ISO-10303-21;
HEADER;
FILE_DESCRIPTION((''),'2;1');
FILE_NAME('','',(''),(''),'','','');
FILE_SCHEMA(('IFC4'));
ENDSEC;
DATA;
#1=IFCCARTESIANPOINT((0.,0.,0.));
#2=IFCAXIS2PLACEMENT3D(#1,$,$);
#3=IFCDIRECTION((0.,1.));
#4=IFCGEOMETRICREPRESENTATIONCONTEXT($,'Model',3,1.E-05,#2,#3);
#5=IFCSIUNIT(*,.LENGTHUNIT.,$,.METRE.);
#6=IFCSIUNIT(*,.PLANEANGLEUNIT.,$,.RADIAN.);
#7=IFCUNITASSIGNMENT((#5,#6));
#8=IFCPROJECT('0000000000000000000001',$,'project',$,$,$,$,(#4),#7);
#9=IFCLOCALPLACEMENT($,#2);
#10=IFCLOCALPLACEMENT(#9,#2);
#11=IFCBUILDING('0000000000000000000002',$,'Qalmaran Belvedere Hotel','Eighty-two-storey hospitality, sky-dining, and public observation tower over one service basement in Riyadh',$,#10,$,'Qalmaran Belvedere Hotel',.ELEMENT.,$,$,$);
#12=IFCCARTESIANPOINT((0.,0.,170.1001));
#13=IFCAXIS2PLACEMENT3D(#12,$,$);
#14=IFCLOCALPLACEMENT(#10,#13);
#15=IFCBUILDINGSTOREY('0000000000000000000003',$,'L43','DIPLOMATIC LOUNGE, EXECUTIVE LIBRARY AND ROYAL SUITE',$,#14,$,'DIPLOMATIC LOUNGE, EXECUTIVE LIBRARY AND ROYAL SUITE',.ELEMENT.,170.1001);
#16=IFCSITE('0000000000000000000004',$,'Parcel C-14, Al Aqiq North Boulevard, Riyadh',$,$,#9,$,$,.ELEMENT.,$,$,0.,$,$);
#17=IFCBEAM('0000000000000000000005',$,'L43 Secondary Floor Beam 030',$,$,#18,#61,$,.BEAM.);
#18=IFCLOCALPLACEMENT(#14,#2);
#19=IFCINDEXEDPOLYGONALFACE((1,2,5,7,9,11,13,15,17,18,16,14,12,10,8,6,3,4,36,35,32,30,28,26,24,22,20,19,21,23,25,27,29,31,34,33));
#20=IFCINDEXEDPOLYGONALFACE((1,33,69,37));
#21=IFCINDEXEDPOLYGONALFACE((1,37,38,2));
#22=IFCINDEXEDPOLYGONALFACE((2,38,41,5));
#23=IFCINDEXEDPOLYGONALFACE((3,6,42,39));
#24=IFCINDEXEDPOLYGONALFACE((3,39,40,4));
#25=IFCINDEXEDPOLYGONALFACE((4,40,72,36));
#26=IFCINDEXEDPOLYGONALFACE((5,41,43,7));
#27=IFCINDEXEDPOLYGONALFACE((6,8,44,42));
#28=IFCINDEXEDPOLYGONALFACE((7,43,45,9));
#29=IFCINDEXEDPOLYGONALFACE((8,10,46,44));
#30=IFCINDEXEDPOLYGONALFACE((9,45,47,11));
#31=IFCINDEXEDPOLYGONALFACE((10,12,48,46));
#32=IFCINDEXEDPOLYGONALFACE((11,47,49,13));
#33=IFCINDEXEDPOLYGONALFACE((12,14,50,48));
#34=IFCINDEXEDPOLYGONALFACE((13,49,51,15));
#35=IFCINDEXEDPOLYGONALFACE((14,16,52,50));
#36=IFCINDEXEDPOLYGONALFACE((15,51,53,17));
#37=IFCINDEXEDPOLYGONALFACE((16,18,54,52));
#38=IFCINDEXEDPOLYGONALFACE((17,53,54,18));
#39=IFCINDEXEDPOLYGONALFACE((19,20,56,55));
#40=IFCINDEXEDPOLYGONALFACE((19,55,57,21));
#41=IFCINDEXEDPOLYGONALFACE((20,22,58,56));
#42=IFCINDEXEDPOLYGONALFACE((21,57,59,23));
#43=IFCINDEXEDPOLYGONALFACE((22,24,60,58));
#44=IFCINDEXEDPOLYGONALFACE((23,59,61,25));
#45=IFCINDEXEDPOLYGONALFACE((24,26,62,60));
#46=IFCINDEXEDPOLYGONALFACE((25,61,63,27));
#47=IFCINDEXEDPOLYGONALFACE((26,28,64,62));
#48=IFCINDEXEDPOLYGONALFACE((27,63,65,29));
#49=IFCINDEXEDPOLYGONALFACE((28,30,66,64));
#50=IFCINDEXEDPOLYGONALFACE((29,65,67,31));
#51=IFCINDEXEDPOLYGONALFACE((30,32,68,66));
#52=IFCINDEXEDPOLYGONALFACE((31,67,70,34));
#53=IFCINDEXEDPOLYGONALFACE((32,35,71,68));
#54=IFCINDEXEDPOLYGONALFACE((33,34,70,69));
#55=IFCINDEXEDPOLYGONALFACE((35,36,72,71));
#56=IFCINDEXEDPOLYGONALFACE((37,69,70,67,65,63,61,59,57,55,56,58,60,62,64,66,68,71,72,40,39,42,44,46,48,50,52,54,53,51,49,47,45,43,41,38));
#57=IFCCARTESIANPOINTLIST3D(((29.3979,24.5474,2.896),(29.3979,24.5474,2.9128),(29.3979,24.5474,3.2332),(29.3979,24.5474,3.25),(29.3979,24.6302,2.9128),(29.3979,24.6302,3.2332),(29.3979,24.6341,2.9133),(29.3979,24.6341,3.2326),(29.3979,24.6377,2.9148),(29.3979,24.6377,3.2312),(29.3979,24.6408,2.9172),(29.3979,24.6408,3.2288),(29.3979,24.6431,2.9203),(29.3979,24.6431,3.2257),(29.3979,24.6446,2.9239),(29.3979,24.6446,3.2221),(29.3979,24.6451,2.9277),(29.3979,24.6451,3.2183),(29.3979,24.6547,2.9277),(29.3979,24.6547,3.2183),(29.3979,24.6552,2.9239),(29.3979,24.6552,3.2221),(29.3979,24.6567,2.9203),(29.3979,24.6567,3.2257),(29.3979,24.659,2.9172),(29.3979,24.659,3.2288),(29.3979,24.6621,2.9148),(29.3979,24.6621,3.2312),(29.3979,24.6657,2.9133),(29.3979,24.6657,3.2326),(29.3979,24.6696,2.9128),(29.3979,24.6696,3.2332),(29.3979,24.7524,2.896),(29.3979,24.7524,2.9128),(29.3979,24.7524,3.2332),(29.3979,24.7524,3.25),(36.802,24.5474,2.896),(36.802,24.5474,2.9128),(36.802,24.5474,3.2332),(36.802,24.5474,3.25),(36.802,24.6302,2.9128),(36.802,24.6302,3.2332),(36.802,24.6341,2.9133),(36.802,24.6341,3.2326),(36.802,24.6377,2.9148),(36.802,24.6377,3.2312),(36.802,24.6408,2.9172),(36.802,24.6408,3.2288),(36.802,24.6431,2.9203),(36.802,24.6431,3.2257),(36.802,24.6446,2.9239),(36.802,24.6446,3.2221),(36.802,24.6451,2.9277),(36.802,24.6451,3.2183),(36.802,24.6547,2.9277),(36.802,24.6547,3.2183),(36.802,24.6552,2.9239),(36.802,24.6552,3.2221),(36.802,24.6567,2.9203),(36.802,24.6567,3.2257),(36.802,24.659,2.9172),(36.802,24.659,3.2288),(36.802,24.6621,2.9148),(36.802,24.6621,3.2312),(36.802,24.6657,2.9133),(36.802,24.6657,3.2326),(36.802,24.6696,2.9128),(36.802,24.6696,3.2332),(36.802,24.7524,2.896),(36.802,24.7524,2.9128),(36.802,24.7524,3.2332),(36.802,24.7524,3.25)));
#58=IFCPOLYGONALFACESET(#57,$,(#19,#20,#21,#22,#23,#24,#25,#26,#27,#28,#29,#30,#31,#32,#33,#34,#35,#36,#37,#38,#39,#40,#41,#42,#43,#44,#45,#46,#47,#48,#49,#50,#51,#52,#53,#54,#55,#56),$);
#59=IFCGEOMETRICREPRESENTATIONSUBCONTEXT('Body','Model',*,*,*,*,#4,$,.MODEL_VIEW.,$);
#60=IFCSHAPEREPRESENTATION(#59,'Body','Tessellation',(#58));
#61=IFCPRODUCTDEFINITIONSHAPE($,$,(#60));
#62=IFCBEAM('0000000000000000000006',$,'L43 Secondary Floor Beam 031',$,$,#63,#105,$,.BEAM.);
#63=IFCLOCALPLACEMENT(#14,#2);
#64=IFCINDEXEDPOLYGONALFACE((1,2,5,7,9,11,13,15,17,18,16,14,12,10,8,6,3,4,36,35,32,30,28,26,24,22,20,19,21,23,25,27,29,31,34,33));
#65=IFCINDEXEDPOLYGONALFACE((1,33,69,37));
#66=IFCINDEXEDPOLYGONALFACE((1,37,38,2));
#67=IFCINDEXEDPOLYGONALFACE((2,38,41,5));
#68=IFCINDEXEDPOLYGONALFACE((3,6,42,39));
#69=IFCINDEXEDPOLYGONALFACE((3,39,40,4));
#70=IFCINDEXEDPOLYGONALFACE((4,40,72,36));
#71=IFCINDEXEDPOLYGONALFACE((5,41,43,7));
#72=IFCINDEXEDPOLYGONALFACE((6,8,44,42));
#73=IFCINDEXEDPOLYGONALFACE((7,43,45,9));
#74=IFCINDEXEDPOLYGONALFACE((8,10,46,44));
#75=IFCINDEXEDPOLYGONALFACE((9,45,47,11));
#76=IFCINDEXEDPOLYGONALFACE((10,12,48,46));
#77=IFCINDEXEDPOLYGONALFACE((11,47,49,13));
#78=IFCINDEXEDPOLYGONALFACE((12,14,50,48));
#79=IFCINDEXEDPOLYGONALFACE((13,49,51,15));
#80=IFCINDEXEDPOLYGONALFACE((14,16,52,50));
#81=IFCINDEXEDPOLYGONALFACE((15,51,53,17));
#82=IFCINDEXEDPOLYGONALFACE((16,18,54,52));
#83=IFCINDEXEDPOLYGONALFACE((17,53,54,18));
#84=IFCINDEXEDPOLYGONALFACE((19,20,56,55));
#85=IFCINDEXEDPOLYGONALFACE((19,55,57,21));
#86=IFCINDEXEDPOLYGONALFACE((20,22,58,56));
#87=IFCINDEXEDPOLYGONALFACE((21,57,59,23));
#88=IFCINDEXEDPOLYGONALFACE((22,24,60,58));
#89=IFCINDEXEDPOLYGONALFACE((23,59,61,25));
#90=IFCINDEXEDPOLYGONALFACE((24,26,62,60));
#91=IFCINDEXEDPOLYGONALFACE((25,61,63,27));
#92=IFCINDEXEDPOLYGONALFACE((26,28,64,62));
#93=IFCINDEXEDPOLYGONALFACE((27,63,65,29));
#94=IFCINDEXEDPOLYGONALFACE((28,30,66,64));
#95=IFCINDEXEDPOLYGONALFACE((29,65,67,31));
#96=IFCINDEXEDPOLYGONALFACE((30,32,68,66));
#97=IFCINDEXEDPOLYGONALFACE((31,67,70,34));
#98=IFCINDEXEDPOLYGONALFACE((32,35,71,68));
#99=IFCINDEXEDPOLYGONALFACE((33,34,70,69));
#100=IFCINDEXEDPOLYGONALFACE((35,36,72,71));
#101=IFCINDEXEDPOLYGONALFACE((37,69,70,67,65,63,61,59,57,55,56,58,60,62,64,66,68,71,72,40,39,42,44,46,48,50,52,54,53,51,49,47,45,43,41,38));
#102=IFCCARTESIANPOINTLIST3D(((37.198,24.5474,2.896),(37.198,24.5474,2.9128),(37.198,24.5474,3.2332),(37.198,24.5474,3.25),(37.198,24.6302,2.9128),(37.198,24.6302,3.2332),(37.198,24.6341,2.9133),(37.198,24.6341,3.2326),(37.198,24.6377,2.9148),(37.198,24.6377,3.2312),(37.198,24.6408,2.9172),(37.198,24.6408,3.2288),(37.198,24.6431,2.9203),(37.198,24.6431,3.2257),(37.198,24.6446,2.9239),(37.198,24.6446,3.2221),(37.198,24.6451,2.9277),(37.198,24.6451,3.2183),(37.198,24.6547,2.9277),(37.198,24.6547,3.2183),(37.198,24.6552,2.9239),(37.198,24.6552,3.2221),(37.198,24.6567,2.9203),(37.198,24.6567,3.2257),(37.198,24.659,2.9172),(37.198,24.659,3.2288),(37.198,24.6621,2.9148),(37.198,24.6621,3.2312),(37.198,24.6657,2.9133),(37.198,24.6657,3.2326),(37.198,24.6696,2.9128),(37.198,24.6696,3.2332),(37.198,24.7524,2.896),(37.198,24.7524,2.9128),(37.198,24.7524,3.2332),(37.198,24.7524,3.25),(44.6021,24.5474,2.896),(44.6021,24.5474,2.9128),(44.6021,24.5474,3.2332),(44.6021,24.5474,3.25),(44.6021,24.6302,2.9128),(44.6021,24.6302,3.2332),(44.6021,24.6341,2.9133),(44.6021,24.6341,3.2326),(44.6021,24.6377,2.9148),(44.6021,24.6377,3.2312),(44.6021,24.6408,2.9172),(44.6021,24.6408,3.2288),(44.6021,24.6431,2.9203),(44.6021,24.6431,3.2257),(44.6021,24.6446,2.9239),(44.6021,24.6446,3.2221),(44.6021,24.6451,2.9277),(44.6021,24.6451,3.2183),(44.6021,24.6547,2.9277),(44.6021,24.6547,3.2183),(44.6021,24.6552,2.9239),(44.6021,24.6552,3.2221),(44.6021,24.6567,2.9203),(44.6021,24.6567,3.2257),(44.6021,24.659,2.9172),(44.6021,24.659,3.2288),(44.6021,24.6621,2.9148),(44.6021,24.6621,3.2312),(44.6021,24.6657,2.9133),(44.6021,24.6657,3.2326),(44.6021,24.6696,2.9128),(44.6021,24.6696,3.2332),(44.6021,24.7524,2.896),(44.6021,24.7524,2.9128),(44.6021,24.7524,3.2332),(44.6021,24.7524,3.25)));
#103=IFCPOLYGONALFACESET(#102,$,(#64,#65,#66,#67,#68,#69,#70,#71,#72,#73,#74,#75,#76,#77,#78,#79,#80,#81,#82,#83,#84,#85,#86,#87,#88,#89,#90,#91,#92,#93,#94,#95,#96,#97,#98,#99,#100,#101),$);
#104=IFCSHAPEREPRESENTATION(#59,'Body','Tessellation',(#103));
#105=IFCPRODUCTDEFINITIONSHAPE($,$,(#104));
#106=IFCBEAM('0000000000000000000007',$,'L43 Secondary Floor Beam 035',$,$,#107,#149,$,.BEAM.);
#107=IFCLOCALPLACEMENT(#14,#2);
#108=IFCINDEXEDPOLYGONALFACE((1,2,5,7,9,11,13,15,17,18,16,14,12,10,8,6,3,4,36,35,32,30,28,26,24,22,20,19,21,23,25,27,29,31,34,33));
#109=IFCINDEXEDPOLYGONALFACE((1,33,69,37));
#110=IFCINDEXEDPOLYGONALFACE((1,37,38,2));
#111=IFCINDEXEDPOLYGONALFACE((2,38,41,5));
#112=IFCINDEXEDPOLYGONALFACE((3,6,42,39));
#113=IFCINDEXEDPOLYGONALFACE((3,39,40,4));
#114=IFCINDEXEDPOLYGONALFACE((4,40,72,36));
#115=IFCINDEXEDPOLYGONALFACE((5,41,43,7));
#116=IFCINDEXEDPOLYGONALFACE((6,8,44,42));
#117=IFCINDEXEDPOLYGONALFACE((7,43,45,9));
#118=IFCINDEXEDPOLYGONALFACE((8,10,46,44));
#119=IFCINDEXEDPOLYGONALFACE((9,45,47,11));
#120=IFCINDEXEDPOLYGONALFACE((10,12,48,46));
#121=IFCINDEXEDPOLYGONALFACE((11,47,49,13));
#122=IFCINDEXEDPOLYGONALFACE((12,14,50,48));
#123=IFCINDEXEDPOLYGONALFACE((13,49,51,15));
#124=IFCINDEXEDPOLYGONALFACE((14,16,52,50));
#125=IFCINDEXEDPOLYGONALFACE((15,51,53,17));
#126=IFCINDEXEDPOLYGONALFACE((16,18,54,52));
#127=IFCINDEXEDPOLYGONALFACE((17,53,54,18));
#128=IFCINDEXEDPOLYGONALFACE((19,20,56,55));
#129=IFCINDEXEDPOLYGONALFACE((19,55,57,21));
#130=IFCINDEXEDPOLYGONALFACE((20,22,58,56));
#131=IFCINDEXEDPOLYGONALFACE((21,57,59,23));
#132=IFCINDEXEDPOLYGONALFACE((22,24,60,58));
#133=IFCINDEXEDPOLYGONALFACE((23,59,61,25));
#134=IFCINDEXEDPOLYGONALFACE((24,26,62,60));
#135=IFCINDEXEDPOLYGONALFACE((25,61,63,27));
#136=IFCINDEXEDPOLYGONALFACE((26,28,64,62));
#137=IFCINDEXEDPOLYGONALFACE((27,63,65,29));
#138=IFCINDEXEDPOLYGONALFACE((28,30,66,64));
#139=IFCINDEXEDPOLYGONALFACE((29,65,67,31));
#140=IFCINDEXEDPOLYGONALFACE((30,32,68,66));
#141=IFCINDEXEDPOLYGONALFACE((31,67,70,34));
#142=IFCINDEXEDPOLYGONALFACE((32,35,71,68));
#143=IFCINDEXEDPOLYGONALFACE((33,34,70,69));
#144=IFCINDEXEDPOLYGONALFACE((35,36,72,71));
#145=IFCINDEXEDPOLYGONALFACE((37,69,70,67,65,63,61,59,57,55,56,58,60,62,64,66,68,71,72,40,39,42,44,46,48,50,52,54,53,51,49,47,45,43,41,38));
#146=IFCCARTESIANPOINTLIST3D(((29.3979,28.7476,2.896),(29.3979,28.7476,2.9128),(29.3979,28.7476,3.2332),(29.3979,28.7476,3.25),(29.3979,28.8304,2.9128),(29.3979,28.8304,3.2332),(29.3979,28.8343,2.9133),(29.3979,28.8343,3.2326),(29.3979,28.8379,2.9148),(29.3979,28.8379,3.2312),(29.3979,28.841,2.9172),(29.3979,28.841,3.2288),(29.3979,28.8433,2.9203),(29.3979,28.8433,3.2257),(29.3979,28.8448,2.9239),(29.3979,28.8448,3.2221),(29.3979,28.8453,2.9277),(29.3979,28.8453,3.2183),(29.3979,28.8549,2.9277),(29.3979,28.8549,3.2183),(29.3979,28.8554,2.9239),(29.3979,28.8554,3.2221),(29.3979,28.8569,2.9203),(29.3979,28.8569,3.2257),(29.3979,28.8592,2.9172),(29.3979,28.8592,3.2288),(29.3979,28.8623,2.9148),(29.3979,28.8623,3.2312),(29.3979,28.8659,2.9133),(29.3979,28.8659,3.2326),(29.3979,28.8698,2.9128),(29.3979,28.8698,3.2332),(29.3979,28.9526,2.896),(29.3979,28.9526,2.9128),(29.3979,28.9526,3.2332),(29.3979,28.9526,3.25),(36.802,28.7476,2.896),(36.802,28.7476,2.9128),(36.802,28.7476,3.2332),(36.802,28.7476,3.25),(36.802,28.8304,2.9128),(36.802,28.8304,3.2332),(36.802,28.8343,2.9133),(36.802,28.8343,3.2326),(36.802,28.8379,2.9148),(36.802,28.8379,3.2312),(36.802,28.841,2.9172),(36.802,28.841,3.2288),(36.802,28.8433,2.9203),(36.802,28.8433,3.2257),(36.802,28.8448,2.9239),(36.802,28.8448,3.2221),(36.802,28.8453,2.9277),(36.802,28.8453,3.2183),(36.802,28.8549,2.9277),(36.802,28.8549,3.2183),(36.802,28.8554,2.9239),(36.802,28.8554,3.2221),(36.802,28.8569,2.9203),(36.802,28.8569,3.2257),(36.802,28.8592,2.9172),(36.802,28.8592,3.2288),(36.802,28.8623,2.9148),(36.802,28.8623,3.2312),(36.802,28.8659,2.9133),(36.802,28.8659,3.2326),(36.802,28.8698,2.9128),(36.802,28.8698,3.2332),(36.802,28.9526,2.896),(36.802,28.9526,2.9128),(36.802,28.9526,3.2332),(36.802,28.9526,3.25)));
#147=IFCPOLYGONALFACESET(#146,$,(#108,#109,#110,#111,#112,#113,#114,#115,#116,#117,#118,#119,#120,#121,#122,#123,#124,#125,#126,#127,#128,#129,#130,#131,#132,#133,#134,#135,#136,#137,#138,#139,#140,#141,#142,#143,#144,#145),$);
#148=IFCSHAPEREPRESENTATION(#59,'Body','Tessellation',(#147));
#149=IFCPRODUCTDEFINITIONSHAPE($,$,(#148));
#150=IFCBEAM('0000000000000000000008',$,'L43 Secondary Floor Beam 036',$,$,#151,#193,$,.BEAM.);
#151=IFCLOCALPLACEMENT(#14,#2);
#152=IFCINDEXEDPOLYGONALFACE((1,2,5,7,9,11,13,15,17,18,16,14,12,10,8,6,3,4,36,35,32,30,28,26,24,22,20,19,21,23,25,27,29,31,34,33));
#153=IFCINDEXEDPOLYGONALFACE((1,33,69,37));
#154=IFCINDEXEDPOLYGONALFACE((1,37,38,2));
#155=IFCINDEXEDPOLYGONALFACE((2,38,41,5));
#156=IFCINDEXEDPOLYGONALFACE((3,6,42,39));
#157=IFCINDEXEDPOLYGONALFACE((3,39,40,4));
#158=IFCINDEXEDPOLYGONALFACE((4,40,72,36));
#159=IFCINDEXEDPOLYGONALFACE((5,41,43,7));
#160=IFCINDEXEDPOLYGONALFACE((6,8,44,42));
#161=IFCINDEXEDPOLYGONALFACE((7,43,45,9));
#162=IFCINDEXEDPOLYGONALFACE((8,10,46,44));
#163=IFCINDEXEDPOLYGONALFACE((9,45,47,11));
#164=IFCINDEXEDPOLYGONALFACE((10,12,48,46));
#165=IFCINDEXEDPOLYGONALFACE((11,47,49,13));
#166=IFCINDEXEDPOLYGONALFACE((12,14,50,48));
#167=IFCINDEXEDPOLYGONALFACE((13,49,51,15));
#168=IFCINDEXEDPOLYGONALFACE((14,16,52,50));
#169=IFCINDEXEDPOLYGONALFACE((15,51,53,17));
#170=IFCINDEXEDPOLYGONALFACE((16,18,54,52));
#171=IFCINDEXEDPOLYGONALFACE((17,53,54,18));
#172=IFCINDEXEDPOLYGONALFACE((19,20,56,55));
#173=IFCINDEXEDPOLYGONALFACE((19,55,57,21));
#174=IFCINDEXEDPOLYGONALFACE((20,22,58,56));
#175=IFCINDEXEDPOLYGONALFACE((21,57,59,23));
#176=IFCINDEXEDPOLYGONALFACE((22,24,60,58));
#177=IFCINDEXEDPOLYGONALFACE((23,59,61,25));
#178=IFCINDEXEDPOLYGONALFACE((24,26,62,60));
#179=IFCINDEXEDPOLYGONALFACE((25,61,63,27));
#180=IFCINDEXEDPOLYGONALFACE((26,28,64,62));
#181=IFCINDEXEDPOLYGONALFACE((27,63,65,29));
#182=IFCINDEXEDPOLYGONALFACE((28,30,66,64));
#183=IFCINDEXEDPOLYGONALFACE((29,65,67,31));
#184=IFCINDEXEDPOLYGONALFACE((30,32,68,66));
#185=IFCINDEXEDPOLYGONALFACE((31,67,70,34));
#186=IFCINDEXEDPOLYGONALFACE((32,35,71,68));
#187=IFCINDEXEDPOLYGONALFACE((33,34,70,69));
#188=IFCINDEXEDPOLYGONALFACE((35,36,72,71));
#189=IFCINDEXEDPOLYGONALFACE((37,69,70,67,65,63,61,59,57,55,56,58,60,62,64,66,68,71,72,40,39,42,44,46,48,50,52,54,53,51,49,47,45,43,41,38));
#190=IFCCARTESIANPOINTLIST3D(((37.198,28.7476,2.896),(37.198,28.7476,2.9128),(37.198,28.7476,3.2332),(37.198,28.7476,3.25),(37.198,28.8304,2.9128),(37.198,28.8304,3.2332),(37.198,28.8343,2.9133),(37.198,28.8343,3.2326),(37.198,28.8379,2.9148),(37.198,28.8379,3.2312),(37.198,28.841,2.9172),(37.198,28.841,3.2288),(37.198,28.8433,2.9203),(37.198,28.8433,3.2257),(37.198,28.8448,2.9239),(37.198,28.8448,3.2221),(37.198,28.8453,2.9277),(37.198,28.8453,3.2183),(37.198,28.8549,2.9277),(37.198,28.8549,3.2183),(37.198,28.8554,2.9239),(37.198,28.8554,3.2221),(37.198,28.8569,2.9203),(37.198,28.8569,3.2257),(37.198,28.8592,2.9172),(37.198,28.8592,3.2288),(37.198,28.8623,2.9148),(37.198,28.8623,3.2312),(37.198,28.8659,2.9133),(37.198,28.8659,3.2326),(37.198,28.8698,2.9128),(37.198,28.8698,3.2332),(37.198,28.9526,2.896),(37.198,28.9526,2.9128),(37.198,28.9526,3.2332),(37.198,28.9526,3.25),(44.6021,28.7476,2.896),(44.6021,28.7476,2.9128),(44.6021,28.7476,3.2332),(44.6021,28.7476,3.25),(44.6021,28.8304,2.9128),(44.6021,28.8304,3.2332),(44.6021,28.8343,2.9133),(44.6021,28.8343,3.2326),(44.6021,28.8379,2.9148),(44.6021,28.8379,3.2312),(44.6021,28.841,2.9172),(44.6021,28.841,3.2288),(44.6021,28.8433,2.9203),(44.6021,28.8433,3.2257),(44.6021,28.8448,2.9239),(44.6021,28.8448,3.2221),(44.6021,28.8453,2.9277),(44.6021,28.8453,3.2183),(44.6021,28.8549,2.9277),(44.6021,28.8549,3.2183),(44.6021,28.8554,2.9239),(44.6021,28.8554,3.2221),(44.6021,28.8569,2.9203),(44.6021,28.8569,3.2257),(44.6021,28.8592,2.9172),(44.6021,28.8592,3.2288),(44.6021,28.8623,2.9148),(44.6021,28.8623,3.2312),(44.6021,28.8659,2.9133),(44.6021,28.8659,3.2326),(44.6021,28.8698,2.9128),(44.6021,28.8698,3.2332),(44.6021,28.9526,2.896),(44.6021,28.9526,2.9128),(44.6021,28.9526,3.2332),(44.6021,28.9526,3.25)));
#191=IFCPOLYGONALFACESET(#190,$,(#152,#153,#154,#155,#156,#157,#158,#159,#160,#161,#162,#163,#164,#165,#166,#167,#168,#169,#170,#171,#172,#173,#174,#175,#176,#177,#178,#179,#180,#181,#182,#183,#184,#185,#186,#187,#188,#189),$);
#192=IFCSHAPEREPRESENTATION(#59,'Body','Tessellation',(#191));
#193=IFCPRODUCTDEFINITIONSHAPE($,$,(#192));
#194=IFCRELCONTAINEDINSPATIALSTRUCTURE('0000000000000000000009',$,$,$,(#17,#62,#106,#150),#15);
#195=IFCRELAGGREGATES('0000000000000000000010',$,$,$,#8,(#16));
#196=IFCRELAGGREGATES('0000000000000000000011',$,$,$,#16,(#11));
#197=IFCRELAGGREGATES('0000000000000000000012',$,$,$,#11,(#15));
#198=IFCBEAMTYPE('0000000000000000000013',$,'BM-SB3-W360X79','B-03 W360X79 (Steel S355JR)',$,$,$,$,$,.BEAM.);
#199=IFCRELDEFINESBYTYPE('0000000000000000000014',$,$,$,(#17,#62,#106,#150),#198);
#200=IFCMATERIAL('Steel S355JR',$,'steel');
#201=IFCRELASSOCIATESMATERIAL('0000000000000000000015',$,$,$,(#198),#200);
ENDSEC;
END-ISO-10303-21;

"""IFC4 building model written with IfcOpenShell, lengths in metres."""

from ifc_helpers import new_model, si_unit, direction, frame, origin, origin_2d, place, context, subcontext, project, spatial, i_section, extrude, material, material_profile, profile_set, type_object, element, save


model = new_model("IFC4")

# Units and contexts
model_context = context("Model", 3, precision=1e-05, world=origin(), true_north=direction((0.0, 1.0)))
body_context = subcontext(model_context, "Body", "Model", "MODEL_VIEW")
ifc_project = project(units=[si_unit("LENGTHUNIT", "METRE"), si_unit("PLANEANGLEUNIT", "RADIAN")], contexts=[model_context])

# Site, building, storey
site_placement = place(None, origin())
site = spatial("IfcSite", under=ifc_project, at=site_placement, Name="Parcel C-14, Al Aqiq North Boulevard, Riyadh", CompositionType="ELEMENT", RefElevation=0.0)
building_placement = place(site_placement, origin())
building = spatial("IfcBuilding", under=site, at=building_placement, Name="Qalmaran Belvedere Hotel", Description="Eighty-two-storey hospitality, sky-dining, and public observation tower over one service basement in Riyadh", LongName="Qalmaran Belvedere Hotel", CompositionType="ELEMENT")
storey_placement = place(building_placement, frame((0.0, 0.0, 170.1001)))
storey = spatial("IfcBuildingStorey", under=building, at=storey_placement, Name="L43", Description="DIPLOMATIC LOUNGE, EXECUTIVE LIBRARY AND ROYAL SUITE", LongName="DIPLOMATIC LOUNGE, EXECUTIVE LIBRARY AND ROYAL SUITE", CompositionType="ELEMENT", Elevation=170.1001)

# Beams
ifc_material_1 = material(Name="Steel S355JR", Category="steel")
ifc_material_profile_1 = material_profile(ifc_material_1, i_section(OverallWidth=0.2051, OverallDepth=0.354, WebThickness=0.0095, FlangeThickness=0.0168, FilletRadius=0.0149, at=origin_2d()), Name="W360X79")
ifc_profile_set_1 = profile_set([ifc_material_profile_1], Name="Steel S355JR")
beam_type_1 = type_object("IfcBeamType", Name="BM-SB3-W360X79", Description="B-03 W360X79 (Steel S355JR)", PredefinedType="BEAM", material=ifc_profile_set_1)
for number, where, z_axis, x_axis, name in (
    (1, (29.3979, 24.6499, 3.073), (1.0, 0.0, 0.0), (0.0, 1.0, 0.0), "L43 Secondary Floor Beam 030"),
    (2, (37.198, 24.6499, 3.073), (1.0, 0.0, 0.0), (0.0, 1.0, 0.0), "L43 Secondary Floor Beam 031"),
    (3, (29.3979, 28.8501, 3.073), (1.0, 0.0, 0.0), (0.0, 1.0, 0.0), "L43 Secondary Floor Beam 035"),
    (4, (37.198, 28.8501, 3.073), (1.0, 0.0, 0.0), (0.0, 1.0, 0.0), "L43 Secondary Floor Beam 036"),
):
    element("IfcBeam", number, at=place(storey_placement, frame(where, z_axis=z_axis, x_axis=x_axis)), inside=storey, type_object=beam_type_1, Name=name, PredefinedType="BEAM", context=body_context, shape_type="SweptSolid", body=[
        extrude(i_section(OverallWidth=0.2051, OverallDepth=0.354, WebThickness=0.0095, FlangeThickness=0.0168, FilletRadius=0.0149, at=origin_2d()), origin(), (0.0, 0.0, 1.0), 7.4041),
    ])

save(model, "model.ifc")
